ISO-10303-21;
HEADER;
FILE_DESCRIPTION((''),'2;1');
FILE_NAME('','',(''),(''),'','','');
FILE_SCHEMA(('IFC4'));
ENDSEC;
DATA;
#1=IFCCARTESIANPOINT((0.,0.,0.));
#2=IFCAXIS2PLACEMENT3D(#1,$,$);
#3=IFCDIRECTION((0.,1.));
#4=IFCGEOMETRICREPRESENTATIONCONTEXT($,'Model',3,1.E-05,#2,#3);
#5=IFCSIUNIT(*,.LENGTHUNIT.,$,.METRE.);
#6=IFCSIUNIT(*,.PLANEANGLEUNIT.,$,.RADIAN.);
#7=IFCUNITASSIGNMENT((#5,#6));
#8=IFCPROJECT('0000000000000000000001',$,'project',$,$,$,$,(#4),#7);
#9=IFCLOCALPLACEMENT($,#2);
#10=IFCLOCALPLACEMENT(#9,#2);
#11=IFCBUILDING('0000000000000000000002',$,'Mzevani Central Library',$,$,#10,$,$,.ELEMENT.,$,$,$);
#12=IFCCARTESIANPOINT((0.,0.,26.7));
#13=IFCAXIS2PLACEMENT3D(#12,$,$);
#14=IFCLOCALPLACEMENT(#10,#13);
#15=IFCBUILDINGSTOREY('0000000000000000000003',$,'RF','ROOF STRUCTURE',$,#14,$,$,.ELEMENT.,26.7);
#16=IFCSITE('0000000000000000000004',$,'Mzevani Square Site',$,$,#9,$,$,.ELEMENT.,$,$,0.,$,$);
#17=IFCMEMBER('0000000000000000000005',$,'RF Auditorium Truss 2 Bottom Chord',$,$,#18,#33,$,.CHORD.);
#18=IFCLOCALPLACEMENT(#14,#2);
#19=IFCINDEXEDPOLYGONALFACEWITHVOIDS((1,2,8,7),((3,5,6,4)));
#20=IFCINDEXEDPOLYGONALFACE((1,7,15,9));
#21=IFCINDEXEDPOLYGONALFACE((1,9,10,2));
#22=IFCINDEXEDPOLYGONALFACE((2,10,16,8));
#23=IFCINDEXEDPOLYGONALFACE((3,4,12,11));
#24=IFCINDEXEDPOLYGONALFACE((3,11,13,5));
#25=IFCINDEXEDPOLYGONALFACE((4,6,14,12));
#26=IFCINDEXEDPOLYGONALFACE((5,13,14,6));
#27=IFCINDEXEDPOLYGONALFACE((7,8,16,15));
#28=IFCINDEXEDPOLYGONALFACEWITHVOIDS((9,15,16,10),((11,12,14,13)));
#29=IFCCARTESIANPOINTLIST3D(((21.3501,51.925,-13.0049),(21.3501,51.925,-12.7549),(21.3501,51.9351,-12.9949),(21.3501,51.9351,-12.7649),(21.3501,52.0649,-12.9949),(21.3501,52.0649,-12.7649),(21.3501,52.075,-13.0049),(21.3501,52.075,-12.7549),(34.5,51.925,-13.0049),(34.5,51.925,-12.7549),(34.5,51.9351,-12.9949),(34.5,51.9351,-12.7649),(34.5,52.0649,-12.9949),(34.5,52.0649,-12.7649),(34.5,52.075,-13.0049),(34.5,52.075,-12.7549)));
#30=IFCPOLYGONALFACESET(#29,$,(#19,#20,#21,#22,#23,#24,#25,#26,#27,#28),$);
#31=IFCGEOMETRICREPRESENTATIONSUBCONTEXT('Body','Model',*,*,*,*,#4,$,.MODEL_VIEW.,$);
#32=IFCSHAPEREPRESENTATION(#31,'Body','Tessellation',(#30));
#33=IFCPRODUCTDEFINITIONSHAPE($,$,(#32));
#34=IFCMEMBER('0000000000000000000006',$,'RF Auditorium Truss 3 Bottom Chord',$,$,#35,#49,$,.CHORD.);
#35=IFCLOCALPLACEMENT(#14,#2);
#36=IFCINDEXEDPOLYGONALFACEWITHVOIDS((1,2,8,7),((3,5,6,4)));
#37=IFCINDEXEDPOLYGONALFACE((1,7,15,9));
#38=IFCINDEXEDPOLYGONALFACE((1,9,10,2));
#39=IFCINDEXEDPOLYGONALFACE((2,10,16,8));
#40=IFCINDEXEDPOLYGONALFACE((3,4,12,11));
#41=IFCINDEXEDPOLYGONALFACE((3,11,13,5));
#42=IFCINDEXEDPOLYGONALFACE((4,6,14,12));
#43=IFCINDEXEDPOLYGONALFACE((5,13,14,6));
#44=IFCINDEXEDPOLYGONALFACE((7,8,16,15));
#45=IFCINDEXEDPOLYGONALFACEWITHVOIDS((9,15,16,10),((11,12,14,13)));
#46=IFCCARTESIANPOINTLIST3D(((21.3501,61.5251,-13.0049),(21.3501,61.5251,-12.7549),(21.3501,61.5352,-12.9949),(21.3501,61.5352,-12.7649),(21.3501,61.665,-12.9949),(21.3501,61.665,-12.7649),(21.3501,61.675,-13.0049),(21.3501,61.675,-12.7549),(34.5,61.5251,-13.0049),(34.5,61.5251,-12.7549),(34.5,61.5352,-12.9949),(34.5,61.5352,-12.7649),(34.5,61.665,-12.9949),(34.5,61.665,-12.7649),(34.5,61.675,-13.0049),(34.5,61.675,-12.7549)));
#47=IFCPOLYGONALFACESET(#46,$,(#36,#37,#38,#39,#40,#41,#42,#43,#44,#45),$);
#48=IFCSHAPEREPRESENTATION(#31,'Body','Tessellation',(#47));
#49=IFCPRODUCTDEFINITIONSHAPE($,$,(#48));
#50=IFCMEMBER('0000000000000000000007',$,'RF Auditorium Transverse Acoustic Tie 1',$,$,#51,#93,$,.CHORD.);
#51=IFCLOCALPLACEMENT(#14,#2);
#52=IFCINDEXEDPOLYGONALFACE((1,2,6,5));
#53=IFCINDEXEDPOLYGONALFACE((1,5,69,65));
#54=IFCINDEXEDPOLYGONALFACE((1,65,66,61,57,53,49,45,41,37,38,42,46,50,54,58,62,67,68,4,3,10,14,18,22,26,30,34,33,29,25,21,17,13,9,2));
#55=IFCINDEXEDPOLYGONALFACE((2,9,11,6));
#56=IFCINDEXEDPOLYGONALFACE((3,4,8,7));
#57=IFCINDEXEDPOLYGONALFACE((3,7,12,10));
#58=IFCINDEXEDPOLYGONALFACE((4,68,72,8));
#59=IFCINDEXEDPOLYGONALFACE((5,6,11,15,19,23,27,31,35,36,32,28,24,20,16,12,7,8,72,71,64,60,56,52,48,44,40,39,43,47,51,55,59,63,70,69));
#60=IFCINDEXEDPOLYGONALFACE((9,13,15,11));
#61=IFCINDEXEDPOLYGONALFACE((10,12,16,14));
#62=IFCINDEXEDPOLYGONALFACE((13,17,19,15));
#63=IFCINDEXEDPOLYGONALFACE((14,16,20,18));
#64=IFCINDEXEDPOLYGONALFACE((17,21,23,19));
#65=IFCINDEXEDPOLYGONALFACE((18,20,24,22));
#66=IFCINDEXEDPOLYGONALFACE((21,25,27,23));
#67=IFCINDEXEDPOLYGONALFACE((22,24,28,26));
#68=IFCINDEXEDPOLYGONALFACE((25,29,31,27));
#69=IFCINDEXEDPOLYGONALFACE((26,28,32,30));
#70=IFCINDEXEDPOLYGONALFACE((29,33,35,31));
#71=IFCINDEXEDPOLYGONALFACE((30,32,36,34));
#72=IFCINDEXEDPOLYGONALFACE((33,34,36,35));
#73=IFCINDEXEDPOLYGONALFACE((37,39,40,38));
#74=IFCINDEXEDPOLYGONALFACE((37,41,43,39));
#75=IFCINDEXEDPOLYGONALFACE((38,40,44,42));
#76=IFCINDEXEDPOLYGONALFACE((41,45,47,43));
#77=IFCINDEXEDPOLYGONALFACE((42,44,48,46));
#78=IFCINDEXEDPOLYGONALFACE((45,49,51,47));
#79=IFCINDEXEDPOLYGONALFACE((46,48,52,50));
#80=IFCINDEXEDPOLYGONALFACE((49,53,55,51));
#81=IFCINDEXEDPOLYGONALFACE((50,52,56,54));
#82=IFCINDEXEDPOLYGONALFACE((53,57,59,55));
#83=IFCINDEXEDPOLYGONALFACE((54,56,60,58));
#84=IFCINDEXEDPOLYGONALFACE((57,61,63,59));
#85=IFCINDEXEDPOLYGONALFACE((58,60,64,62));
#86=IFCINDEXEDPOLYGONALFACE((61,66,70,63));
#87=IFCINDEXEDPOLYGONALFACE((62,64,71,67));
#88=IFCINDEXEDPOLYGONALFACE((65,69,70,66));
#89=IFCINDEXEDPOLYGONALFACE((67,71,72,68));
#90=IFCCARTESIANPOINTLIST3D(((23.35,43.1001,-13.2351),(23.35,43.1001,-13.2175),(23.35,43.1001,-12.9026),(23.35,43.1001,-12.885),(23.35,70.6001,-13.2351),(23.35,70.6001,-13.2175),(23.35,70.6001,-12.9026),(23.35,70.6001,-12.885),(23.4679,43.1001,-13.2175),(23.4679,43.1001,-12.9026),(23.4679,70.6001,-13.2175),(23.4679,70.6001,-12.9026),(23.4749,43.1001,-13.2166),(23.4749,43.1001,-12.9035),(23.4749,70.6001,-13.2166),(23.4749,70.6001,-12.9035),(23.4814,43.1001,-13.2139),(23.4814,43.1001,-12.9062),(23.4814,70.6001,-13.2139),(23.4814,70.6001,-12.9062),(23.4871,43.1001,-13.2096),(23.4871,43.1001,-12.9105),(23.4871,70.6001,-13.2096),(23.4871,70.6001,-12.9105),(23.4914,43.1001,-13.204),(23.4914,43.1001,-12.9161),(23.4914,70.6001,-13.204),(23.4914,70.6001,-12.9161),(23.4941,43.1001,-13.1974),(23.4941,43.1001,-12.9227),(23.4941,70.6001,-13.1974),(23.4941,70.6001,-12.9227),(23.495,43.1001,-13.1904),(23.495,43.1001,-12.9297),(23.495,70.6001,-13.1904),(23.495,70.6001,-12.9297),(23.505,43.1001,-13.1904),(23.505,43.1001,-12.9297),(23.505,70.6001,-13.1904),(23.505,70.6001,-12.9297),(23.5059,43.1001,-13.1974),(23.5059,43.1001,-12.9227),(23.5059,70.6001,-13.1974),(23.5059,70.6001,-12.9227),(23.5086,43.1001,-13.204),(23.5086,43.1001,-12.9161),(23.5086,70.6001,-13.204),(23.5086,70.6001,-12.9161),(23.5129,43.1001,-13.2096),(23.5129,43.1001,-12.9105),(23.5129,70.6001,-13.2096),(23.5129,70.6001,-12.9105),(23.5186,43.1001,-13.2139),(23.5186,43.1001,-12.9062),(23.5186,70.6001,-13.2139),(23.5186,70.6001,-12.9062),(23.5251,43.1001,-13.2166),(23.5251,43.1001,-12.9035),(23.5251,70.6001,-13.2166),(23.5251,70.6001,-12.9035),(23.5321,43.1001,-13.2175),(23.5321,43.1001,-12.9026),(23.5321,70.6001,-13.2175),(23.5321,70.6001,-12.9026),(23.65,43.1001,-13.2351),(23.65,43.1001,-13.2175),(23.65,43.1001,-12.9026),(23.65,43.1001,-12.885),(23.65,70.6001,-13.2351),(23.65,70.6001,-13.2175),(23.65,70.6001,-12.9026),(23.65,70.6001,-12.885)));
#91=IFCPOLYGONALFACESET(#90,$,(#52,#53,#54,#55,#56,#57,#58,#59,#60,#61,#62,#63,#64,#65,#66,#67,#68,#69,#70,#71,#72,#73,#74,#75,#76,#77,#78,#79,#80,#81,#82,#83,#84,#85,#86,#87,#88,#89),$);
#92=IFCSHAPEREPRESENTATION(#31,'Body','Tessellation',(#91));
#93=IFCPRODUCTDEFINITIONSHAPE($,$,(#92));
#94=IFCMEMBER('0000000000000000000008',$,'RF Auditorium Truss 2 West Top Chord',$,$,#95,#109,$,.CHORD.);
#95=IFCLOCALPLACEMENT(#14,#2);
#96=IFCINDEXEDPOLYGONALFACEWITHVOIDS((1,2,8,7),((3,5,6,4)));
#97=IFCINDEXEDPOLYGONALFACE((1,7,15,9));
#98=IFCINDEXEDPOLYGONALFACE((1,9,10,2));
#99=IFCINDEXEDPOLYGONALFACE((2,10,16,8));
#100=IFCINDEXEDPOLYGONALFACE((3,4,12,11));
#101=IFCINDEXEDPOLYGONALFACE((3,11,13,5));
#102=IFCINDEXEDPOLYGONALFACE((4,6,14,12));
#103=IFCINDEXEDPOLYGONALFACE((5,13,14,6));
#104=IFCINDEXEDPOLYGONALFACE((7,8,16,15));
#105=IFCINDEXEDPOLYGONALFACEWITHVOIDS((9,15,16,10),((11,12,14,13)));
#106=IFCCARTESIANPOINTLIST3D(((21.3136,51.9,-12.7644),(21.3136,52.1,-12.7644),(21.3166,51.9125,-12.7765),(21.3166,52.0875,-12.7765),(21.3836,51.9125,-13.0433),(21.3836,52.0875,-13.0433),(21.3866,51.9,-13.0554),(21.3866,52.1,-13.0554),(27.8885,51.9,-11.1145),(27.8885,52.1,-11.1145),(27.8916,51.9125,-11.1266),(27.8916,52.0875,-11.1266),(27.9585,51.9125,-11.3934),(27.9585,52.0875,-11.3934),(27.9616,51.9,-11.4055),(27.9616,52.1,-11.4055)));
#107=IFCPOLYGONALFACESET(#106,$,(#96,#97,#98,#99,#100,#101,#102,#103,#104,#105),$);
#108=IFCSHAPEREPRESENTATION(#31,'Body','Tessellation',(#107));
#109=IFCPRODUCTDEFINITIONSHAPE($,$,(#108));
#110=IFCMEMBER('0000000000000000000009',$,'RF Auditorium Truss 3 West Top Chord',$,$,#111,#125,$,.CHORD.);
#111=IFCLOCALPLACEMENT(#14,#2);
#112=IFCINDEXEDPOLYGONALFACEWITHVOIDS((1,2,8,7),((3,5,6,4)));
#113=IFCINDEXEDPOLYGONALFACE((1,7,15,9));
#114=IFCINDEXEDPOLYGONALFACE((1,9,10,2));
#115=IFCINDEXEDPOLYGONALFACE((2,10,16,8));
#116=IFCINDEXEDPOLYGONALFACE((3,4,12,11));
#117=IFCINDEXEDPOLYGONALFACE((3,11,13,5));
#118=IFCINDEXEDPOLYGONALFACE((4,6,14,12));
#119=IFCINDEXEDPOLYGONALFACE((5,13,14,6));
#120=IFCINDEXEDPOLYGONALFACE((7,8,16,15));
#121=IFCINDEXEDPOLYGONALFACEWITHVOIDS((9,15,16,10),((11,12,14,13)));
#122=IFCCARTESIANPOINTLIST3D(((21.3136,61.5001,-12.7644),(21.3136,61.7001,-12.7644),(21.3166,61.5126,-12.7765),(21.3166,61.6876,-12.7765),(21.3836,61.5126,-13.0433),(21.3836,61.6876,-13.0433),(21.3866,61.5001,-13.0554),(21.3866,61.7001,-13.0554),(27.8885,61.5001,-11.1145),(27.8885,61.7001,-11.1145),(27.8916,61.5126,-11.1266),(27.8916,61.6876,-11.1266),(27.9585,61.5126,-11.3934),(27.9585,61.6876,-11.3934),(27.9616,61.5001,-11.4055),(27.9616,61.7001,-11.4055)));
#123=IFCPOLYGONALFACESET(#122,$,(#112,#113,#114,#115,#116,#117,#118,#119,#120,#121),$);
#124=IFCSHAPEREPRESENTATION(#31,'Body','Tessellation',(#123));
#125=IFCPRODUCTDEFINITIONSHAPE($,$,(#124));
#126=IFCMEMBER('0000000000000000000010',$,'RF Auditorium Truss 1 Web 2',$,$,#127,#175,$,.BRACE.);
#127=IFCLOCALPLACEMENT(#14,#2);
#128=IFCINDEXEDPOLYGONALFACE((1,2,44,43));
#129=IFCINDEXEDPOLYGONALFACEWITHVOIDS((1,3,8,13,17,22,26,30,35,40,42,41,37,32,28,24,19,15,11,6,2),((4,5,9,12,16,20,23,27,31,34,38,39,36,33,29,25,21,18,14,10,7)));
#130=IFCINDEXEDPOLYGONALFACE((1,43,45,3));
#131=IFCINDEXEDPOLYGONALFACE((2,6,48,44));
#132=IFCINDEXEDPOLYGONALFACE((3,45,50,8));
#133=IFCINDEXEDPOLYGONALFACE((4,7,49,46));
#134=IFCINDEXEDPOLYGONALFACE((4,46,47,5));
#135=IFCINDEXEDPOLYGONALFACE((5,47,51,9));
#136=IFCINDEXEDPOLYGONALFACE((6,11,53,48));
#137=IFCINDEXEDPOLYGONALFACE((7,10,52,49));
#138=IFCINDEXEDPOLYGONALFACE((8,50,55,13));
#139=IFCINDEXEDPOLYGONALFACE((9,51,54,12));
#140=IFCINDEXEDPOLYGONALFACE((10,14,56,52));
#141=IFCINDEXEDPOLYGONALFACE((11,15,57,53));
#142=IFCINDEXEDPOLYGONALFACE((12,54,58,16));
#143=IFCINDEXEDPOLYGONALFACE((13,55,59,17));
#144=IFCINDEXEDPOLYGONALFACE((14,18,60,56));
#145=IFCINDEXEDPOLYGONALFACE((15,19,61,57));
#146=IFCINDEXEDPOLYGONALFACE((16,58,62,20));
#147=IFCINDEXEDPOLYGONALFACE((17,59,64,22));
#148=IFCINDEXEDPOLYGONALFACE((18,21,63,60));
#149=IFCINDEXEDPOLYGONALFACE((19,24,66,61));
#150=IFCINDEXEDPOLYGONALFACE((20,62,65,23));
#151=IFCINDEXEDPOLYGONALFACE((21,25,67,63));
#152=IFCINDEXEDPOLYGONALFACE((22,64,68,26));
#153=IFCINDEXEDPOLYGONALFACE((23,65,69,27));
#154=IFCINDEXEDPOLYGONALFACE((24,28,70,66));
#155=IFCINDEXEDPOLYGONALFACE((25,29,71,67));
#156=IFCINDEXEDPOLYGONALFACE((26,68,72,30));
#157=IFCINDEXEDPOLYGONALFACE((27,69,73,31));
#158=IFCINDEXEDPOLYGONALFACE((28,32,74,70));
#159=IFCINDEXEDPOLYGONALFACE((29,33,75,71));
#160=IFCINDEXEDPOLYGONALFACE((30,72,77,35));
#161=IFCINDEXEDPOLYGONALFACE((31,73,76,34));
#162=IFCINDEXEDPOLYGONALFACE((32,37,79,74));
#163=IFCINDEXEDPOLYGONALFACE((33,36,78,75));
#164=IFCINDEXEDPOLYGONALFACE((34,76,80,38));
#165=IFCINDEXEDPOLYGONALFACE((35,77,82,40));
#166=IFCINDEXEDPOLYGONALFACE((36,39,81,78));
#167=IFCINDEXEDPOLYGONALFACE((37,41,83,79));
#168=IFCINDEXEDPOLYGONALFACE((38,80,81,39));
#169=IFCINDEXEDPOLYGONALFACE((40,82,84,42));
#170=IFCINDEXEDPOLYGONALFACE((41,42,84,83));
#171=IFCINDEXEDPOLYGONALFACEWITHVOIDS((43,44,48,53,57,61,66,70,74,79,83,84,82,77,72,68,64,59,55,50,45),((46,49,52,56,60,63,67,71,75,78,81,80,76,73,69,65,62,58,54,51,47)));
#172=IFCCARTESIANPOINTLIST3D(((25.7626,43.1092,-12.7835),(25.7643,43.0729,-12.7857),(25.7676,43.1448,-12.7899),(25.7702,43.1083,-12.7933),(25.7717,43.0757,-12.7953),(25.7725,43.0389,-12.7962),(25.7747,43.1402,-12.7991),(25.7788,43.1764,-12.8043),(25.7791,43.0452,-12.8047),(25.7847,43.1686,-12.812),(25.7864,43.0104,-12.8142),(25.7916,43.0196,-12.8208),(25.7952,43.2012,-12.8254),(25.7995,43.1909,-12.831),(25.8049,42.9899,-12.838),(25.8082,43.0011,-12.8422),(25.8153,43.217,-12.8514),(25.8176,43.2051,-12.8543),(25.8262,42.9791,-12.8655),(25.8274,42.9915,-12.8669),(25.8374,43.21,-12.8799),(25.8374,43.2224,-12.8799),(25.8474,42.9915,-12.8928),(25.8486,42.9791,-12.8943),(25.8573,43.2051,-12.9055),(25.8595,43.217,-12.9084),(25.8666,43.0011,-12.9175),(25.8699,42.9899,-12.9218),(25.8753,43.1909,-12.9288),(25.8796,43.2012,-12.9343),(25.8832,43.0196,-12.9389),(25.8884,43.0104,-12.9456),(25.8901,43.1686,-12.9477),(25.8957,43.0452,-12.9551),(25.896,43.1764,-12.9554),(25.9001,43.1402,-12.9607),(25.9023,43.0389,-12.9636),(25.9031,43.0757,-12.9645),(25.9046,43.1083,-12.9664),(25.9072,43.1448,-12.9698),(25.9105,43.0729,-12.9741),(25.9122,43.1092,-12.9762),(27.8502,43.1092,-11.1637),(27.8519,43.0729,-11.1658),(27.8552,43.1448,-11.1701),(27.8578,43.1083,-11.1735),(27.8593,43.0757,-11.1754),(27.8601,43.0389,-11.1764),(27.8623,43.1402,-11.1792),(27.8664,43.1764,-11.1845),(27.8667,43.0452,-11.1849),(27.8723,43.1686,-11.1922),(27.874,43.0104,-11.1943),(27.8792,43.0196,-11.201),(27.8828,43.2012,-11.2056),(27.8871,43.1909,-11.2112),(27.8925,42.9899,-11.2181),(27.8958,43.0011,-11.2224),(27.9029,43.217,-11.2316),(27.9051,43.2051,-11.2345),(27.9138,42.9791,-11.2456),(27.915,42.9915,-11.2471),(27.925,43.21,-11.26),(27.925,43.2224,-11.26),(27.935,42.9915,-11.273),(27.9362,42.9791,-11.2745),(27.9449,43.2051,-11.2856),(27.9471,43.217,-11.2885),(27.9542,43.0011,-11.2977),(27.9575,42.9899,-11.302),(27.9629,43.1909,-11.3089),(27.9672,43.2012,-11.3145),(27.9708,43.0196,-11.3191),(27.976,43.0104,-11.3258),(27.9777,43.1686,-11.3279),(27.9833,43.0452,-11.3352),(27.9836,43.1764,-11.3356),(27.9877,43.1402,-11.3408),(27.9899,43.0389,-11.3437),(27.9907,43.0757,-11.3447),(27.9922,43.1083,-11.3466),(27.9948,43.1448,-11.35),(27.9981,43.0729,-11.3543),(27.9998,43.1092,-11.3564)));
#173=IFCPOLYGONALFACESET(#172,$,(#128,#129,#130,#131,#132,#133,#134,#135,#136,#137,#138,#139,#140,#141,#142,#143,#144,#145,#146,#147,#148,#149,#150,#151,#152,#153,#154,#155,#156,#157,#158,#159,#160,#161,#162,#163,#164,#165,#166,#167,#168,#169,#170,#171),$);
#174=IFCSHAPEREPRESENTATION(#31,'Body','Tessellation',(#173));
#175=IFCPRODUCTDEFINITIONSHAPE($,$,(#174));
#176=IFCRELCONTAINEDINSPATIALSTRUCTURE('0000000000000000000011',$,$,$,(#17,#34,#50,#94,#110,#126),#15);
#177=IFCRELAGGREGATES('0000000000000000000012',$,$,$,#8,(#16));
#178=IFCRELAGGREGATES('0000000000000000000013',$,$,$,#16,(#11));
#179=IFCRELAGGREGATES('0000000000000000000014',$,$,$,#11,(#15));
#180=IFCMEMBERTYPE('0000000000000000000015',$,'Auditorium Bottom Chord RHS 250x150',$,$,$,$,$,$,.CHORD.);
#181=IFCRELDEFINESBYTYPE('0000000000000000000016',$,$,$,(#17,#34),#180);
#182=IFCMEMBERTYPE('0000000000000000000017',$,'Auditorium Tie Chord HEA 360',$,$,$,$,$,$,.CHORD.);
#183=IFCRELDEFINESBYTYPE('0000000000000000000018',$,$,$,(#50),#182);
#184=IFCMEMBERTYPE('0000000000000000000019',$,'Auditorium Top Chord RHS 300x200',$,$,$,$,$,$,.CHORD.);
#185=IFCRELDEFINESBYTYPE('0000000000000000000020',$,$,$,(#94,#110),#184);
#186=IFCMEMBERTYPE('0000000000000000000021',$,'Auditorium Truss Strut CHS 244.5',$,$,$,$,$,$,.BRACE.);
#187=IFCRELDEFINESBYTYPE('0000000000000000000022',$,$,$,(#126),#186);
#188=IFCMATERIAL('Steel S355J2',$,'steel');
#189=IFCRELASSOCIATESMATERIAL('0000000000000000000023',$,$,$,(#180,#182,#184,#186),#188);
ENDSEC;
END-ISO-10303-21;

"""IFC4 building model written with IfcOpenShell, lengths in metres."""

from ifc_helpers import new_model, si_unit, direction, frame, origin, origin_2d, place, context, subcontext, project, spatial, hollow_rectangle, hollow_circle, i_section, extrude, material, material_profile, profile_set, type_object, element, save


model = new_model("IFC4")

# Units and contexts
model_context = context("Model", 3, precision=1e-05, world=origin(), true_north=direction((0.0, 1.0)))
body_context = subcontext(model_context, "Body", "Model", "MODEL_VIEW")
ifc_project = project(units=[si_unit("LENGTHUNIT", "METRE"), si_unit("PLANEANGLEUNIT", "RADIAN")], contexts=[model_context])

# Site, building, storey
site_placement = place(None, origin())
site = spatial("IfcSite", under=ifc_project, at=site_placement, Name="Mzevani Square Site", CompositionType="ELEMENT", RefElevation=0.0)
building_placement = place(site_placement, origin())
building = spatial("IfcBuilding", under=site, at=building_placement, Name="Mzevani Central Library", CompositionType="ELEMENT")
storey_placement = place(building_placement, frame((0.0, 0.0, 26.7)))
storey = spatial("IfcBuildingStorey", under=building, at=storey_placement, Name="RF", Description="ROOF STRUCTURE", CompositionType="ELEMENT", Elevation=26.7)

# Members
ifc_material_1 = material(Name="Steel S355J2", Category="steel")
ifc_material_profile_1 = material_profile(ifc_material_1, hollow_rectangle(XDim=0.1499, YDim=0.25, WallThickness=0.01, at=origin_2d()), Name="RHS 250x150x10.0")
ifc_profile_set_1 = profile_set([ifc_material_profile_1], Name="Steel S355J2")
member_type_1 = type_object("IfcMemberType", Name="Auditorium Bottom Chord RHS 250x150", PredefinedType="CHORD", material=ifc_profile_set_1)
for number, where, z_axis, x_axis, name in (
    (1, (21.3501, 52.0, -12.8799), (1.0, 0.0, 0.0), (0.0, 1.0, 0.0), "RF Auditorium Truss 2 Bottom Chord"),
    (2, (21.3501, 61.6001, -12.8799), (1.0, 0.0, 0.0), (0.0, 1.0, 0.0), "RF Auditorium Truss 3 Bottom Chord"),
):
    element("IfcMember", number, at=place(storey_placement, frame(where, z_axis=z_axis, x_axis=x_axis)), inside=storey, type_object=member_type_1, Name=name, PredefinedType="CHORD", context=body_context, shape_type="SweptSolid", body=[
        extrude(hollow_rectangle(XDim=0.1499, YDim=0.25, WallThickness=0.01, at=origin_2d()), origin(), (0.0, 0.0, 1.0), 13.1499),
    ])
ifc_material_profile_2 = material_profile(ifc_material_1, i_section(OverallWidth=0.3, OverallDepth=0.3501, WebThickness=0.01, FlangeThickness=0.0176, FilletRadius=0.0271, at=origin_2d()), Name="HEA 360")
ifc_profile_set_2 = profile_set([ifc_material_profile_2], Name="Steel S355J2")
member_type_2 = type_object("IfcMemberType", Name="Auditorium Tie Chord HEA 360", PredefinedType="CHORD", material=ifc_profile_set_2)
member_placement = place(storey_placement, frame((23.5, 43.1001, -13.0601), z_axis=(0.0, 1.0, 0.0), x_axis=(-1.0, 0.0, 0.0)))
element("IfcMember", 3, at=member_placement, inside=storey, type_object=member_type_2, Name="RF Auditorium Transverse Acoustic Tie 1", PredefinedType="CHORD", context=body_context, shape_type="SweptSolid", body=[
    extrude(i_section(OverallWidth=0.3, OverallDepth=0.3501, WebThickness=0.01, FlangeThickness=0.0176, FilletRadius=0.0271, at=origin_2d()), origin(), (0.0, 0.0, 1.0), 27.5),
])
ifc_material_profile_3 = material_profile(ifc_material_1, hollow_rectangle(XDim=0.2, YDim=0.3, WallThickness=0.0125, at=origin_2d()), Name="RHS 300x200x12.5")
ifc_profile_set_3 = profile_set([ifc_material_profile_3], Name="Steel S355J2")
member_type_3 = type_object("IfcMemberType", Name="Auditorium Top Chord RHS 300x200", PredefinedType="CHORD", material=ifc_profile_set_3)
for number, where, z_axis, x_axis, name in (
    (4, (21.3501, 52.0, -12.9099), (0.969928, 0.0, 0.243391), (0.0, 1.0, 0.0), "RF Auditorium Truss 2 West Top Chord"),
    (5, (21.3501, 61.6001, -12.9099), (0.969928, 0.0, 0.243391), (0.0, 1.0, 0.0), "RF Auditorium Truss 3 West Top Chord"),
):
    element("IfcMember", number, at=place(storey_placement, frame(where, z_axis=z_axis, x_axis=x_axis)), inside=storey, type_object=member_type_3, Name=name, PredefinedType="CHORD", context=body_context, shape_type="SweptSolid", body=[
        extrude(hollow_rectangle(XDim=0.2, YDim=0.3, WallThickness=0.0125, at=origin_2d()), origin(), (0.0, 0.0, 1.0), 6.7788),
    ])
ifc_material_profile_4 = material_profile(ifc_material_1, hollow_circle(Radius=0.1223, WallThickness=0.0125, at=origin_2d()), Name="CHS 244.5x12.5")
ifc_profile_set_4 = profile_set([ifc_material_profile_4], Name="Steel S355J2")
member_type_4 = type_object("IfcMemberType", Name="Auditorium Truss Strut CHS 244.5", PredefinedType="BRACE", material=ifc_profile_set_4)
for number, where, z_axis, x_axis, name in (
    (6, (25.8374, 43.1001, -12.8799), (0.790058, 0.0, 0.613032), (0.0, 1.0, 0.0), "RF Auditorium Truss 1 Web 2"),
):
    element("IfcMember", number, at=place(storey_placement, frame(where, z_axis=z_axis, x_axis=x_axis)), inside=storey, type_object=member_type_4, Name=name, PredefinedType="BRACE", context=body_context, shape_type="SweptSolid", body=[
        extrude(hollow_circle(Radius=0.1223, WallThickness=0.0125, at=origin_2d()), origin(), (0.0, 0.0, 1.0), 2.6423),
    ])

save(model, "model.ifc")
